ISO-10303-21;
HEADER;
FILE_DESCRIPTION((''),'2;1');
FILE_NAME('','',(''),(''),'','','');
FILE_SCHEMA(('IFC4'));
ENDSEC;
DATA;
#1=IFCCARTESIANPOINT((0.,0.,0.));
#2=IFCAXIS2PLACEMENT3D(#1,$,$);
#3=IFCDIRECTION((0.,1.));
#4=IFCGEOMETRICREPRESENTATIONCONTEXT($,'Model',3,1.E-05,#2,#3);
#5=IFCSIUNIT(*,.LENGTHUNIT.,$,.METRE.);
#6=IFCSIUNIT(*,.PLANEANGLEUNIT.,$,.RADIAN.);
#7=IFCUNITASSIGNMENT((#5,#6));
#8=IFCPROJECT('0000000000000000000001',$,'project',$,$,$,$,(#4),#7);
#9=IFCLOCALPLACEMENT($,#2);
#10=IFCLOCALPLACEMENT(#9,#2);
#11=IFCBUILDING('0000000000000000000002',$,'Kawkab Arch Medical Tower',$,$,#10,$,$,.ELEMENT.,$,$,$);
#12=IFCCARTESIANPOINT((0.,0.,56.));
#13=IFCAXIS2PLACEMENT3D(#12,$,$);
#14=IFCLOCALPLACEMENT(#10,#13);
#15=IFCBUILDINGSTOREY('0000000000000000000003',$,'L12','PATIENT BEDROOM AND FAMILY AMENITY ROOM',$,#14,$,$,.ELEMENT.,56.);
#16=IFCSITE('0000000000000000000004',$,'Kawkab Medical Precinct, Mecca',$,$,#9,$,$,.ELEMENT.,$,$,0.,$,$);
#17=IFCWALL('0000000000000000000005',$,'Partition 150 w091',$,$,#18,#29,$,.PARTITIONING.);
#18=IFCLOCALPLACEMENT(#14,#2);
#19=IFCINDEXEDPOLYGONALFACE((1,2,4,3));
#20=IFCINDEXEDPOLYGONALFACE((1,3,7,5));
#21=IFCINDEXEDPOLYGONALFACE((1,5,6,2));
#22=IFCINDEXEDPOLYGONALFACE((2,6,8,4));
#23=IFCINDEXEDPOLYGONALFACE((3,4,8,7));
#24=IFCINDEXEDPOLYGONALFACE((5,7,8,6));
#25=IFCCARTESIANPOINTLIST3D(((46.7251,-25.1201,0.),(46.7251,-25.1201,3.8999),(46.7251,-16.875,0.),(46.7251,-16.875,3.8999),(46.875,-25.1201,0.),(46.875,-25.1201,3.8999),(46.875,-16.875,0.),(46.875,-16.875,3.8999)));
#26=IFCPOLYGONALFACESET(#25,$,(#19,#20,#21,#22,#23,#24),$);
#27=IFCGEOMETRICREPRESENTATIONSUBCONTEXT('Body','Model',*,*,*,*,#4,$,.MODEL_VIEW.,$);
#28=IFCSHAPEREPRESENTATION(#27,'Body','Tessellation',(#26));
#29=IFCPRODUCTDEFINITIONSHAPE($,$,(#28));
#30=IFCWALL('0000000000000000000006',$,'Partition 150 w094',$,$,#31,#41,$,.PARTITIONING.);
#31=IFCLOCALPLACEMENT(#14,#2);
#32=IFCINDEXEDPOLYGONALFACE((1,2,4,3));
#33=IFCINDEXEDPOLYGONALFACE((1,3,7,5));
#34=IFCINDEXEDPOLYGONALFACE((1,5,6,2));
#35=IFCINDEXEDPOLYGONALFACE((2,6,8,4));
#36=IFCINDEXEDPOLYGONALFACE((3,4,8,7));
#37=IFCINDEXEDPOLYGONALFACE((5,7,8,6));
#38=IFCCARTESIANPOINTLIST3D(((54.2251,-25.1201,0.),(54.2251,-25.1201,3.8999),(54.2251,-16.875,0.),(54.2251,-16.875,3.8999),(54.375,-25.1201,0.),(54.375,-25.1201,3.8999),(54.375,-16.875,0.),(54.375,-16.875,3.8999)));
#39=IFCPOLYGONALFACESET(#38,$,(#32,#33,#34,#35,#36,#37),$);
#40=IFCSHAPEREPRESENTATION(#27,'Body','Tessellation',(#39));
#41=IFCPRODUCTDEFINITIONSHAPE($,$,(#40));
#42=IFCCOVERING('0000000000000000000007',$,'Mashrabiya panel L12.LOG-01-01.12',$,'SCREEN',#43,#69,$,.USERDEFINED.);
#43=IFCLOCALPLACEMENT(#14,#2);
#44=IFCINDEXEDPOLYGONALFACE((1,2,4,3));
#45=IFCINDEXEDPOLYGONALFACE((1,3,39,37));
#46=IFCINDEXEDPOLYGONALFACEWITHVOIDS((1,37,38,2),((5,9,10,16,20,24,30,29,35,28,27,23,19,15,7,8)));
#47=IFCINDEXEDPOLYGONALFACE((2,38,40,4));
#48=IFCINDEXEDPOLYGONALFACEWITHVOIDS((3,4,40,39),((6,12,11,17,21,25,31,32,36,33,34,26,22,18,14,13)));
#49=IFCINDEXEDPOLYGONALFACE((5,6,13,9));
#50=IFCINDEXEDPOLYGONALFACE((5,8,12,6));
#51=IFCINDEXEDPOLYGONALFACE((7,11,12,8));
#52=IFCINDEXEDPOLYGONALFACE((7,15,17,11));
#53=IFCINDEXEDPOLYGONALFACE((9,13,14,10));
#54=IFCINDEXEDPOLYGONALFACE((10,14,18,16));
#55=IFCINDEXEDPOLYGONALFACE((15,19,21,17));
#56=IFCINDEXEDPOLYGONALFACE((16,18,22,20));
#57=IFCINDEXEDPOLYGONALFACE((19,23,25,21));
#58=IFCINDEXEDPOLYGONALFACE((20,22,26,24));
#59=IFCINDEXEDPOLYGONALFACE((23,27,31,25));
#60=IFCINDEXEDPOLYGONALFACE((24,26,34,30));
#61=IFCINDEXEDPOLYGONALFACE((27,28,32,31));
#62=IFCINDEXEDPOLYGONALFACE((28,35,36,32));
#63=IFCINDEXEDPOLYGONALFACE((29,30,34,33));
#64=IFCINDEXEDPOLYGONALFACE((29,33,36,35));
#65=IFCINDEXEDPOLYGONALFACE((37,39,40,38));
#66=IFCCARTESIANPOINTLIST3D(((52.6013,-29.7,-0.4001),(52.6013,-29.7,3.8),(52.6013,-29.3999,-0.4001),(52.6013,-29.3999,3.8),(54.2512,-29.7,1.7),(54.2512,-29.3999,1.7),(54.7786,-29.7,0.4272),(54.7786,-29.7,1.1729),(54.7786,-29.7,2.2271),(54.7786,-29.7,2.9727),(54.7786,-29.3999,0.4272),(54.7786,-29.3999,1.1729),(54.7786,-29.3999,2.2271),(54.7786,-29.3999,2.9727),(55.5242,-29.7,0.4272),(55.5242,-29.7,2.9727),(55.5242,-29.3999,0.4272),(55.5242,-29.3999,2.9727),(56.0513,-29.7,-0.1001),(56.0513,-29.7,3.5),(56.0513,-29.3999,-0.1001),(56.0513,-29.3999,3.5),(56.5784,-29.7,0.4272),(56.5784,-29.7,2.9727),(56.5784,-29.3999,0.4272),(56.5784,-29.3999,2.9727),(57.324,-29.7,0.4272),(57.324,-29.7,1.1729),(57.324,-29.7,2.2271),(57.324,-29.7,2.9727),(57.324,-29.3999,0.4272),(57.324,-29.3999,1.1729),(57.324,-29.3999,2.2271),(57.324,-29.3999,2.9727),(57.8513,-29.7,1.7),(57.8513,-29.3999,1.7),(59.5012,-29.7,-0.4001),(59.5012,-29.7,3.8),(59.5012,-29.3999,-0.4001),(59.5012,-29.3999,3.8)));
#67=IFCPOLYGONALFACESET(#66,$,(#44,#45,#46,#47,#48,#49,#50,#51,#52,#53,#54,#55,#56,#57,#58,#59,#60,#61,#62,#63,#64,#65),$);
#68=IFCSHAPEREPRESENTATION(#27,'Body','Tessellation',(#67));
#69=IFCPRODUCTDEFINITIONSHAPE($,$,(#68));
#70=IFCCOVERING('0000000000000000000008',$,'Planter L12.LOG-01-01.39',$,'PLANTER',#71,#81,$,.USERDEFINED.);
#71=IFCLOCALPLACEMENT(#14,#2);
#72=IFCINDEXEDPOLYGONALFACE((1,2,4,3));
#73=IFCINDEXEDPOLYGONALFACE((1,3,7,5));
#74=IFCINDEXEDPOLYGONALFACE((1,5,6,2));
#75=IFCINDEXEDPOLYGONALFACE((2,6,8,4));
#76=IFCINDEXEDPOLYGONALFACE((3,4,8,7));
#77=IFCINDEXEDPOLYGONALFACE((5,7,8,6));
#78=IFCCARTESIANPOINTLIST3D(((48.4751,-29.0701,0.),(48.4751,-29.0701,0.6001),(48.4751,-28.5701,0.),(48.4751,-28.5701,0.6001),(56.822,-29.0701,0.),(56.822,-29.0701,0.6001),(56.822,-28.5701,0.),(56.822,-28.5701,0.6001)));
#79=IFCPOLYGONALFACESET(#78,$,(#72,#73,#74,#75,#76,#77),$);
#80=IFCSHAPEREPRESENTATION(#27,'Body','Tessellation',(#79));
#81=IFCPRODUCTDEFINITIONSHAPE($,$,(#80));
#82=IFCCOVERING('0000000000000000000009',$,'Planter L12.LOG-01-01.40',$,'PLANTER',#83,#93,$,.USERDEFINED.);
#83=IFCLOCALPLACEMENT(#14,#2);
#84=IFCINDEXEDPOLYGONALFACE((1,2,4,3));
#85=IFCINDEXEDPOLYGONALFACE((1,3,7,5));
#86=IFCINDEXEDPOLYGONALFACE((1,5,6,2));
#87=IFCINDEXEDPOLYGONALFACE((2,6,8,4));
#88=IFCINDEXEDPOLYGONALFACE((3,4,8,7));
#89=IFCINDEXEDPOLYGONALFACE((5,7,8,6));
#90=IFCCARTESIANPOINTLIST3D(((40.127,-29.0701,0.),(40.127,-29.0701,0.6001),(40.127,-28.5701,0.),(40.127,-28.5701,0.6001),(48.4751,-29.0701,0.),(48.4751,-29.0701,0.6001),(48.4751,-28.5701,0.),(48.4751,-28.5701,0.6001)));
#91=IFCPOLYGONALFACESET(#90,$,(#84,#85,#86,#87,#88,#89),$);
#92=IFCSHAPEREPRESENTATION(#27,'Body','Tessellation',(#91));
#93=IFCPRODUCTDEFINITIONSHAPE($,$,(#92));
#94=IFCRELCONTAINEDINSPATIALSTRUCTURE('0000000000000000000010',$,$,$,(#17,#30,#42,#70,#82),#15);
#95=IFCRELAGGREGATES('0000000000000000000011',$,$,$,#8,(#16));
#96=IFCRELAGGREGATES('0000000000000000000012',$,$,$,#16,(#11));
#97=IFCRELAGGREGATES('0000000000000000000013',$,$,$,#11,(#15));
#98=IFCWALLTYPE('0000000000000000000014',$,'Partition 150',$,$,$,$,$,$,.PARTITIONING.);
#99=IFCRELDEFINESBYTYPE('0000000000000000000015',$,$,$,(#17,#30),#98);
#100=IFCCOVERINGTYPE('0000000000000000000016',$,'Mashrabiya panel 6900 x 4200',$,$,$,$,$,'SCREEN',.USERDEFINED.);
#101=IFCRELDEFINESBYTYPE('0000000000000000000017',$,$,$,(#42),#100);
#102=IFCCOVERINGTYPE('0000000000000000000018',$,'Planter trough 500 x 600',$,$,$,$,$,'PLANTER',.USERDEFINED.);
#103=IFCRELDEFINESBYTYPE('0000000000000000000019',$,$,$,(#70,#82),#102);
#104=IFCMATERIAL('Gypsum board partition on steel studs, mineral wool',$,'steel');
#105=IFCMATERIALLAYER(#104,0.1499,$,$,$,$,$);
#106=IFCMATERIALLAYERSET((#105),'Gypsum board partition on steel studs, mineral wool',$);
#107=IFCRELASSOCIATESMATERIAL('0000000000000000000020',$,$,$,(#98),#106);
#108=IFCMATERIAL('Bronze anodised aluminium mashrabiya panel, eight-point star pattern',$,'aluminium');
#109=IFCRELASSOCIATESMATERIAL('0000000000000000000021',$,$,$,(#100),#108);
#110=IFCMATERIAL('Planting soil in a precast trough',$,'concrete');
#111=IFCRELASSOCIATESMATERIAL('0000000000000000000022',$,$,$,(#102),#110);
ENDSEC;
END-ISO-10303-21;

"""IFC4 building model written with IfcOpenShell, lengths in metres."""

from ifc_helpers import new_model, si_unit, direction, frame, frame_2d, origin, origin_2d, place, context, subcontext, project, spatial, polyline, rectangle, outline, extrude, material, layer, layer_set, material_profile, profile_set, type_object, element, save


model = new_model("IFC4")

# Units and contexts
model_context = context("Model", 3, precision=1e-05, world=origin(), true_north=direction((0.0, 1.0)))
body_context = subcontext(model_context, "Body", "Model", "MODEL_VIEW")
ifc_project = project(units=[si_unit("LENGTHUNIT", "METRE"), si_unit("PLANEANGLEUNIT", "RADIAN")], contexts=[model_context])

# Site, building, storey
site_placement = place(None, origin())
site = spatial("IfcSite", under=ifc_project, at=site_placement, Name="Kawkab Medical Precinct, Mecca", CompositionType="ELEMENT", RefElevation=0.0)
building_placement = place(site_placement, origin())
building = spatial("IfcBuilding", under=site, at=building_placement, Name="Kawkab Arch Medical Tower", CompositionType="ELEMENT")
storey_placement = place(building_placement, frame((0.0, 0.0, 56.0)))
storey = spatial("IfcBuildingStorey", under=building, at=storey_placement, Name="L12", Description="PATIENT BEDROOM AND FAMILY AMENITY ROOM", CompositionType="ELEMENT", Elevation=56.0)

# Walls
ifc_material_1 = material(Name="Gypsum board partition on steel studs, mineral wool", Category="steel")
ifc_layer_1 = layer(ifc_material_1, 0.1499)
ifc_layer_set_1 = layer_set([ifc_layer_1], Name="Gypsum board partition on steel studs, mineral wool")
wall_type_1 = type_object("IfcWallType", Name="Partition 150", PredefinedType="PARTITIONING", material=ifc_layer_set_1)
for number, where, z_axis, x_axis, name in (
    (1, (46.8, -25.1201, 0.0), (0.0, 0.0, 1.0), (0.0, 1.0, 0.0), "Partition 150 w091"),
    (2, (54.3, -25.1201, 0.0), (0.0, 0.0, 1.0), (0.0, 1.0, 0.0), "Partition 150 w094"),
):
    element("IfcWall", number, at=place(storey_placement, frame(where, z_axis=z_axis, x_axis=x_axis)), inside=storey, type_object=wall_type_1, Name=name, PredefinedType="PARTITIONING", context=body_context, shape_type="SweptSolid", body=[
        extrude(rectangle(XDim=8.2451, YDim=0.1499, at=frame_2d((4.1226, 0.0))), origin(), (0.0, 0.0, 1.0), 3.8999),
    ])

# Coverings
ifc_material_2 = material(Name="Bronze anodised aluminium mashrabiya panel, eight-point star pattern", Category="aluminium")
ifc_material_profile_1 = material_profile(ifc_material_2, outline(polyline([(-3.45, -2.1001), (3.45, -2.1001), (3.45, 2.1001), (-3.45, 2.1001), (-3.45, -2.1001)]), holes=[polyline([(1.8, 0.0), (1.2727, 0.5271), (1.2727, 1.2727), (0.5271, 1.2727), (0.0, 1.8), (-0.5271, 1.2727), (-1.2727, 1.2727), (-1.2727, 0.5271), (-1.8, 0.0), (-1.2727, -0.5271), (-1.2727, -1.2727), (-0.5271, -1.2727), (0.0, -1.8), (0.5271, -1.2727), (1.2727, -1.2727), (1.2727, -0.5271), (1.8, 0.0)])]), Name="Mashrabiya panel 6900x4200")
ifc_profile_set_1 = profile_set([ifc_material_profile_1], Name="Bronze anodised aluminium mashrabiya panel, eight-point star pattern")
covering_type_1 = type_object("IfcCoveringType", Name="Mashrabiya panel 6900 x 4200", ElementType="SCREEN", PredefinedType="USERDEFINED", material=ifc_profile_set_1)
covering_1_placement = place(storey_placement, frame((56.0513, -29.3999, 1.7), z_axis=(0.0, -1.0, 0.0), x_axis=(1.0, 0.0, 0.0)))
element("IfcCovering", 3, at=covering_1_placement, inside=storey, type_object=covering_type_1, Name="Mashrabiya panel L12.LOG-01-01.12", ObjectType="SCREEN", PredefinedType="USERDEFINED", context=body_context, shape_type="SweptSolid", body=[
    extrude(outline(polyline([(-3.45, -2.1001), (3.45, -2.1001), (3.45, 2.1001), (-3.45, 2.1001), (-3.45, -2.1001)]), holes=[polyline([(1.8, 0.0), (1.2727, 0.5271), (1.2727, 1.2727), (0.5271, 1.2727), (0.0, 1.8), (-0.5271, 1.2727), (-1.2727, 1.2727), (-1.2727, 0.5271), (-1.8, 0.0), (-1.2727, -0.5271), (-1.2727, -1.2727), (-0.5271, -1.2727), (0.0, -1.8), (0.5271, -1.2727), (1.2727, -1.2727), (1.2727, -0.5271), (1.8, 0.0)])]), origin(), (0.0, 0.0, 1.0), 0.3),
])
ifc_material_3 = material(Name="Planting soil in a precast trough", Category="concrete")
ifc_material_profile_2 = material_profile(ifc_material_3, rectangle(XDim=0.5, YDim=0.6001, at=origin_2d()), Name="Trough 500x600")
ifc_profile_set_2 = profile_set([ifc_material_profile_2], Name="Planting soil in a precast trough")
covering_type_2 = type_object("IfcCoveringType", Name="Planter trough 500 x 600", ElementType="PLANTER", PredefinedType="USERDEFINED", material=ifc_profile_set_2)
covering_2_placement = place(storey_placement, frame((56.822, -28.8201, 0.3), z_axis=(-1.0, 0.0, 0.0), x_axis=(0.0, -1.0, 0.0)))
element("IfcCovering", 4, at=covering_2_placement, inside=storey, type_object=covering_type_2, Name="Planter L12.LOG-01-01.39", ObjectType="PLANTER", PredefinedType="USERDEFINED", context=body_context, shape_type="SweptSolid", body=[
    extrude(rectangle(XDim=0.5, YDim=0.6001, at=origin_2d()), origin(), (0.0, 0.0, 1.0), 8.3469),
])
covering_3_placement = place(storey_placement, frame((48.4751, -28.8201, 0.3), z_axis=(-1.0, 0.0, 0.0), x_axis=(0.0, -1.0, 0.0)))
element("IfcCovering", 5, at=covering_3_placement, inside=storey, type_object=covering_type_2, Name="Planter L12.LOG-01-01.40", ObjectType="PLANTER", PredefinedType="USERDEFINED", context=body_context, shape_type="SweptSolid", body=[
    extrude(rectangle(XDim=0.5, YDim=0.6001, at=origin_2d()), origin(), (0.0, 0.0, 1.0), 8.3481),
])

save(model, "model.ifc")
